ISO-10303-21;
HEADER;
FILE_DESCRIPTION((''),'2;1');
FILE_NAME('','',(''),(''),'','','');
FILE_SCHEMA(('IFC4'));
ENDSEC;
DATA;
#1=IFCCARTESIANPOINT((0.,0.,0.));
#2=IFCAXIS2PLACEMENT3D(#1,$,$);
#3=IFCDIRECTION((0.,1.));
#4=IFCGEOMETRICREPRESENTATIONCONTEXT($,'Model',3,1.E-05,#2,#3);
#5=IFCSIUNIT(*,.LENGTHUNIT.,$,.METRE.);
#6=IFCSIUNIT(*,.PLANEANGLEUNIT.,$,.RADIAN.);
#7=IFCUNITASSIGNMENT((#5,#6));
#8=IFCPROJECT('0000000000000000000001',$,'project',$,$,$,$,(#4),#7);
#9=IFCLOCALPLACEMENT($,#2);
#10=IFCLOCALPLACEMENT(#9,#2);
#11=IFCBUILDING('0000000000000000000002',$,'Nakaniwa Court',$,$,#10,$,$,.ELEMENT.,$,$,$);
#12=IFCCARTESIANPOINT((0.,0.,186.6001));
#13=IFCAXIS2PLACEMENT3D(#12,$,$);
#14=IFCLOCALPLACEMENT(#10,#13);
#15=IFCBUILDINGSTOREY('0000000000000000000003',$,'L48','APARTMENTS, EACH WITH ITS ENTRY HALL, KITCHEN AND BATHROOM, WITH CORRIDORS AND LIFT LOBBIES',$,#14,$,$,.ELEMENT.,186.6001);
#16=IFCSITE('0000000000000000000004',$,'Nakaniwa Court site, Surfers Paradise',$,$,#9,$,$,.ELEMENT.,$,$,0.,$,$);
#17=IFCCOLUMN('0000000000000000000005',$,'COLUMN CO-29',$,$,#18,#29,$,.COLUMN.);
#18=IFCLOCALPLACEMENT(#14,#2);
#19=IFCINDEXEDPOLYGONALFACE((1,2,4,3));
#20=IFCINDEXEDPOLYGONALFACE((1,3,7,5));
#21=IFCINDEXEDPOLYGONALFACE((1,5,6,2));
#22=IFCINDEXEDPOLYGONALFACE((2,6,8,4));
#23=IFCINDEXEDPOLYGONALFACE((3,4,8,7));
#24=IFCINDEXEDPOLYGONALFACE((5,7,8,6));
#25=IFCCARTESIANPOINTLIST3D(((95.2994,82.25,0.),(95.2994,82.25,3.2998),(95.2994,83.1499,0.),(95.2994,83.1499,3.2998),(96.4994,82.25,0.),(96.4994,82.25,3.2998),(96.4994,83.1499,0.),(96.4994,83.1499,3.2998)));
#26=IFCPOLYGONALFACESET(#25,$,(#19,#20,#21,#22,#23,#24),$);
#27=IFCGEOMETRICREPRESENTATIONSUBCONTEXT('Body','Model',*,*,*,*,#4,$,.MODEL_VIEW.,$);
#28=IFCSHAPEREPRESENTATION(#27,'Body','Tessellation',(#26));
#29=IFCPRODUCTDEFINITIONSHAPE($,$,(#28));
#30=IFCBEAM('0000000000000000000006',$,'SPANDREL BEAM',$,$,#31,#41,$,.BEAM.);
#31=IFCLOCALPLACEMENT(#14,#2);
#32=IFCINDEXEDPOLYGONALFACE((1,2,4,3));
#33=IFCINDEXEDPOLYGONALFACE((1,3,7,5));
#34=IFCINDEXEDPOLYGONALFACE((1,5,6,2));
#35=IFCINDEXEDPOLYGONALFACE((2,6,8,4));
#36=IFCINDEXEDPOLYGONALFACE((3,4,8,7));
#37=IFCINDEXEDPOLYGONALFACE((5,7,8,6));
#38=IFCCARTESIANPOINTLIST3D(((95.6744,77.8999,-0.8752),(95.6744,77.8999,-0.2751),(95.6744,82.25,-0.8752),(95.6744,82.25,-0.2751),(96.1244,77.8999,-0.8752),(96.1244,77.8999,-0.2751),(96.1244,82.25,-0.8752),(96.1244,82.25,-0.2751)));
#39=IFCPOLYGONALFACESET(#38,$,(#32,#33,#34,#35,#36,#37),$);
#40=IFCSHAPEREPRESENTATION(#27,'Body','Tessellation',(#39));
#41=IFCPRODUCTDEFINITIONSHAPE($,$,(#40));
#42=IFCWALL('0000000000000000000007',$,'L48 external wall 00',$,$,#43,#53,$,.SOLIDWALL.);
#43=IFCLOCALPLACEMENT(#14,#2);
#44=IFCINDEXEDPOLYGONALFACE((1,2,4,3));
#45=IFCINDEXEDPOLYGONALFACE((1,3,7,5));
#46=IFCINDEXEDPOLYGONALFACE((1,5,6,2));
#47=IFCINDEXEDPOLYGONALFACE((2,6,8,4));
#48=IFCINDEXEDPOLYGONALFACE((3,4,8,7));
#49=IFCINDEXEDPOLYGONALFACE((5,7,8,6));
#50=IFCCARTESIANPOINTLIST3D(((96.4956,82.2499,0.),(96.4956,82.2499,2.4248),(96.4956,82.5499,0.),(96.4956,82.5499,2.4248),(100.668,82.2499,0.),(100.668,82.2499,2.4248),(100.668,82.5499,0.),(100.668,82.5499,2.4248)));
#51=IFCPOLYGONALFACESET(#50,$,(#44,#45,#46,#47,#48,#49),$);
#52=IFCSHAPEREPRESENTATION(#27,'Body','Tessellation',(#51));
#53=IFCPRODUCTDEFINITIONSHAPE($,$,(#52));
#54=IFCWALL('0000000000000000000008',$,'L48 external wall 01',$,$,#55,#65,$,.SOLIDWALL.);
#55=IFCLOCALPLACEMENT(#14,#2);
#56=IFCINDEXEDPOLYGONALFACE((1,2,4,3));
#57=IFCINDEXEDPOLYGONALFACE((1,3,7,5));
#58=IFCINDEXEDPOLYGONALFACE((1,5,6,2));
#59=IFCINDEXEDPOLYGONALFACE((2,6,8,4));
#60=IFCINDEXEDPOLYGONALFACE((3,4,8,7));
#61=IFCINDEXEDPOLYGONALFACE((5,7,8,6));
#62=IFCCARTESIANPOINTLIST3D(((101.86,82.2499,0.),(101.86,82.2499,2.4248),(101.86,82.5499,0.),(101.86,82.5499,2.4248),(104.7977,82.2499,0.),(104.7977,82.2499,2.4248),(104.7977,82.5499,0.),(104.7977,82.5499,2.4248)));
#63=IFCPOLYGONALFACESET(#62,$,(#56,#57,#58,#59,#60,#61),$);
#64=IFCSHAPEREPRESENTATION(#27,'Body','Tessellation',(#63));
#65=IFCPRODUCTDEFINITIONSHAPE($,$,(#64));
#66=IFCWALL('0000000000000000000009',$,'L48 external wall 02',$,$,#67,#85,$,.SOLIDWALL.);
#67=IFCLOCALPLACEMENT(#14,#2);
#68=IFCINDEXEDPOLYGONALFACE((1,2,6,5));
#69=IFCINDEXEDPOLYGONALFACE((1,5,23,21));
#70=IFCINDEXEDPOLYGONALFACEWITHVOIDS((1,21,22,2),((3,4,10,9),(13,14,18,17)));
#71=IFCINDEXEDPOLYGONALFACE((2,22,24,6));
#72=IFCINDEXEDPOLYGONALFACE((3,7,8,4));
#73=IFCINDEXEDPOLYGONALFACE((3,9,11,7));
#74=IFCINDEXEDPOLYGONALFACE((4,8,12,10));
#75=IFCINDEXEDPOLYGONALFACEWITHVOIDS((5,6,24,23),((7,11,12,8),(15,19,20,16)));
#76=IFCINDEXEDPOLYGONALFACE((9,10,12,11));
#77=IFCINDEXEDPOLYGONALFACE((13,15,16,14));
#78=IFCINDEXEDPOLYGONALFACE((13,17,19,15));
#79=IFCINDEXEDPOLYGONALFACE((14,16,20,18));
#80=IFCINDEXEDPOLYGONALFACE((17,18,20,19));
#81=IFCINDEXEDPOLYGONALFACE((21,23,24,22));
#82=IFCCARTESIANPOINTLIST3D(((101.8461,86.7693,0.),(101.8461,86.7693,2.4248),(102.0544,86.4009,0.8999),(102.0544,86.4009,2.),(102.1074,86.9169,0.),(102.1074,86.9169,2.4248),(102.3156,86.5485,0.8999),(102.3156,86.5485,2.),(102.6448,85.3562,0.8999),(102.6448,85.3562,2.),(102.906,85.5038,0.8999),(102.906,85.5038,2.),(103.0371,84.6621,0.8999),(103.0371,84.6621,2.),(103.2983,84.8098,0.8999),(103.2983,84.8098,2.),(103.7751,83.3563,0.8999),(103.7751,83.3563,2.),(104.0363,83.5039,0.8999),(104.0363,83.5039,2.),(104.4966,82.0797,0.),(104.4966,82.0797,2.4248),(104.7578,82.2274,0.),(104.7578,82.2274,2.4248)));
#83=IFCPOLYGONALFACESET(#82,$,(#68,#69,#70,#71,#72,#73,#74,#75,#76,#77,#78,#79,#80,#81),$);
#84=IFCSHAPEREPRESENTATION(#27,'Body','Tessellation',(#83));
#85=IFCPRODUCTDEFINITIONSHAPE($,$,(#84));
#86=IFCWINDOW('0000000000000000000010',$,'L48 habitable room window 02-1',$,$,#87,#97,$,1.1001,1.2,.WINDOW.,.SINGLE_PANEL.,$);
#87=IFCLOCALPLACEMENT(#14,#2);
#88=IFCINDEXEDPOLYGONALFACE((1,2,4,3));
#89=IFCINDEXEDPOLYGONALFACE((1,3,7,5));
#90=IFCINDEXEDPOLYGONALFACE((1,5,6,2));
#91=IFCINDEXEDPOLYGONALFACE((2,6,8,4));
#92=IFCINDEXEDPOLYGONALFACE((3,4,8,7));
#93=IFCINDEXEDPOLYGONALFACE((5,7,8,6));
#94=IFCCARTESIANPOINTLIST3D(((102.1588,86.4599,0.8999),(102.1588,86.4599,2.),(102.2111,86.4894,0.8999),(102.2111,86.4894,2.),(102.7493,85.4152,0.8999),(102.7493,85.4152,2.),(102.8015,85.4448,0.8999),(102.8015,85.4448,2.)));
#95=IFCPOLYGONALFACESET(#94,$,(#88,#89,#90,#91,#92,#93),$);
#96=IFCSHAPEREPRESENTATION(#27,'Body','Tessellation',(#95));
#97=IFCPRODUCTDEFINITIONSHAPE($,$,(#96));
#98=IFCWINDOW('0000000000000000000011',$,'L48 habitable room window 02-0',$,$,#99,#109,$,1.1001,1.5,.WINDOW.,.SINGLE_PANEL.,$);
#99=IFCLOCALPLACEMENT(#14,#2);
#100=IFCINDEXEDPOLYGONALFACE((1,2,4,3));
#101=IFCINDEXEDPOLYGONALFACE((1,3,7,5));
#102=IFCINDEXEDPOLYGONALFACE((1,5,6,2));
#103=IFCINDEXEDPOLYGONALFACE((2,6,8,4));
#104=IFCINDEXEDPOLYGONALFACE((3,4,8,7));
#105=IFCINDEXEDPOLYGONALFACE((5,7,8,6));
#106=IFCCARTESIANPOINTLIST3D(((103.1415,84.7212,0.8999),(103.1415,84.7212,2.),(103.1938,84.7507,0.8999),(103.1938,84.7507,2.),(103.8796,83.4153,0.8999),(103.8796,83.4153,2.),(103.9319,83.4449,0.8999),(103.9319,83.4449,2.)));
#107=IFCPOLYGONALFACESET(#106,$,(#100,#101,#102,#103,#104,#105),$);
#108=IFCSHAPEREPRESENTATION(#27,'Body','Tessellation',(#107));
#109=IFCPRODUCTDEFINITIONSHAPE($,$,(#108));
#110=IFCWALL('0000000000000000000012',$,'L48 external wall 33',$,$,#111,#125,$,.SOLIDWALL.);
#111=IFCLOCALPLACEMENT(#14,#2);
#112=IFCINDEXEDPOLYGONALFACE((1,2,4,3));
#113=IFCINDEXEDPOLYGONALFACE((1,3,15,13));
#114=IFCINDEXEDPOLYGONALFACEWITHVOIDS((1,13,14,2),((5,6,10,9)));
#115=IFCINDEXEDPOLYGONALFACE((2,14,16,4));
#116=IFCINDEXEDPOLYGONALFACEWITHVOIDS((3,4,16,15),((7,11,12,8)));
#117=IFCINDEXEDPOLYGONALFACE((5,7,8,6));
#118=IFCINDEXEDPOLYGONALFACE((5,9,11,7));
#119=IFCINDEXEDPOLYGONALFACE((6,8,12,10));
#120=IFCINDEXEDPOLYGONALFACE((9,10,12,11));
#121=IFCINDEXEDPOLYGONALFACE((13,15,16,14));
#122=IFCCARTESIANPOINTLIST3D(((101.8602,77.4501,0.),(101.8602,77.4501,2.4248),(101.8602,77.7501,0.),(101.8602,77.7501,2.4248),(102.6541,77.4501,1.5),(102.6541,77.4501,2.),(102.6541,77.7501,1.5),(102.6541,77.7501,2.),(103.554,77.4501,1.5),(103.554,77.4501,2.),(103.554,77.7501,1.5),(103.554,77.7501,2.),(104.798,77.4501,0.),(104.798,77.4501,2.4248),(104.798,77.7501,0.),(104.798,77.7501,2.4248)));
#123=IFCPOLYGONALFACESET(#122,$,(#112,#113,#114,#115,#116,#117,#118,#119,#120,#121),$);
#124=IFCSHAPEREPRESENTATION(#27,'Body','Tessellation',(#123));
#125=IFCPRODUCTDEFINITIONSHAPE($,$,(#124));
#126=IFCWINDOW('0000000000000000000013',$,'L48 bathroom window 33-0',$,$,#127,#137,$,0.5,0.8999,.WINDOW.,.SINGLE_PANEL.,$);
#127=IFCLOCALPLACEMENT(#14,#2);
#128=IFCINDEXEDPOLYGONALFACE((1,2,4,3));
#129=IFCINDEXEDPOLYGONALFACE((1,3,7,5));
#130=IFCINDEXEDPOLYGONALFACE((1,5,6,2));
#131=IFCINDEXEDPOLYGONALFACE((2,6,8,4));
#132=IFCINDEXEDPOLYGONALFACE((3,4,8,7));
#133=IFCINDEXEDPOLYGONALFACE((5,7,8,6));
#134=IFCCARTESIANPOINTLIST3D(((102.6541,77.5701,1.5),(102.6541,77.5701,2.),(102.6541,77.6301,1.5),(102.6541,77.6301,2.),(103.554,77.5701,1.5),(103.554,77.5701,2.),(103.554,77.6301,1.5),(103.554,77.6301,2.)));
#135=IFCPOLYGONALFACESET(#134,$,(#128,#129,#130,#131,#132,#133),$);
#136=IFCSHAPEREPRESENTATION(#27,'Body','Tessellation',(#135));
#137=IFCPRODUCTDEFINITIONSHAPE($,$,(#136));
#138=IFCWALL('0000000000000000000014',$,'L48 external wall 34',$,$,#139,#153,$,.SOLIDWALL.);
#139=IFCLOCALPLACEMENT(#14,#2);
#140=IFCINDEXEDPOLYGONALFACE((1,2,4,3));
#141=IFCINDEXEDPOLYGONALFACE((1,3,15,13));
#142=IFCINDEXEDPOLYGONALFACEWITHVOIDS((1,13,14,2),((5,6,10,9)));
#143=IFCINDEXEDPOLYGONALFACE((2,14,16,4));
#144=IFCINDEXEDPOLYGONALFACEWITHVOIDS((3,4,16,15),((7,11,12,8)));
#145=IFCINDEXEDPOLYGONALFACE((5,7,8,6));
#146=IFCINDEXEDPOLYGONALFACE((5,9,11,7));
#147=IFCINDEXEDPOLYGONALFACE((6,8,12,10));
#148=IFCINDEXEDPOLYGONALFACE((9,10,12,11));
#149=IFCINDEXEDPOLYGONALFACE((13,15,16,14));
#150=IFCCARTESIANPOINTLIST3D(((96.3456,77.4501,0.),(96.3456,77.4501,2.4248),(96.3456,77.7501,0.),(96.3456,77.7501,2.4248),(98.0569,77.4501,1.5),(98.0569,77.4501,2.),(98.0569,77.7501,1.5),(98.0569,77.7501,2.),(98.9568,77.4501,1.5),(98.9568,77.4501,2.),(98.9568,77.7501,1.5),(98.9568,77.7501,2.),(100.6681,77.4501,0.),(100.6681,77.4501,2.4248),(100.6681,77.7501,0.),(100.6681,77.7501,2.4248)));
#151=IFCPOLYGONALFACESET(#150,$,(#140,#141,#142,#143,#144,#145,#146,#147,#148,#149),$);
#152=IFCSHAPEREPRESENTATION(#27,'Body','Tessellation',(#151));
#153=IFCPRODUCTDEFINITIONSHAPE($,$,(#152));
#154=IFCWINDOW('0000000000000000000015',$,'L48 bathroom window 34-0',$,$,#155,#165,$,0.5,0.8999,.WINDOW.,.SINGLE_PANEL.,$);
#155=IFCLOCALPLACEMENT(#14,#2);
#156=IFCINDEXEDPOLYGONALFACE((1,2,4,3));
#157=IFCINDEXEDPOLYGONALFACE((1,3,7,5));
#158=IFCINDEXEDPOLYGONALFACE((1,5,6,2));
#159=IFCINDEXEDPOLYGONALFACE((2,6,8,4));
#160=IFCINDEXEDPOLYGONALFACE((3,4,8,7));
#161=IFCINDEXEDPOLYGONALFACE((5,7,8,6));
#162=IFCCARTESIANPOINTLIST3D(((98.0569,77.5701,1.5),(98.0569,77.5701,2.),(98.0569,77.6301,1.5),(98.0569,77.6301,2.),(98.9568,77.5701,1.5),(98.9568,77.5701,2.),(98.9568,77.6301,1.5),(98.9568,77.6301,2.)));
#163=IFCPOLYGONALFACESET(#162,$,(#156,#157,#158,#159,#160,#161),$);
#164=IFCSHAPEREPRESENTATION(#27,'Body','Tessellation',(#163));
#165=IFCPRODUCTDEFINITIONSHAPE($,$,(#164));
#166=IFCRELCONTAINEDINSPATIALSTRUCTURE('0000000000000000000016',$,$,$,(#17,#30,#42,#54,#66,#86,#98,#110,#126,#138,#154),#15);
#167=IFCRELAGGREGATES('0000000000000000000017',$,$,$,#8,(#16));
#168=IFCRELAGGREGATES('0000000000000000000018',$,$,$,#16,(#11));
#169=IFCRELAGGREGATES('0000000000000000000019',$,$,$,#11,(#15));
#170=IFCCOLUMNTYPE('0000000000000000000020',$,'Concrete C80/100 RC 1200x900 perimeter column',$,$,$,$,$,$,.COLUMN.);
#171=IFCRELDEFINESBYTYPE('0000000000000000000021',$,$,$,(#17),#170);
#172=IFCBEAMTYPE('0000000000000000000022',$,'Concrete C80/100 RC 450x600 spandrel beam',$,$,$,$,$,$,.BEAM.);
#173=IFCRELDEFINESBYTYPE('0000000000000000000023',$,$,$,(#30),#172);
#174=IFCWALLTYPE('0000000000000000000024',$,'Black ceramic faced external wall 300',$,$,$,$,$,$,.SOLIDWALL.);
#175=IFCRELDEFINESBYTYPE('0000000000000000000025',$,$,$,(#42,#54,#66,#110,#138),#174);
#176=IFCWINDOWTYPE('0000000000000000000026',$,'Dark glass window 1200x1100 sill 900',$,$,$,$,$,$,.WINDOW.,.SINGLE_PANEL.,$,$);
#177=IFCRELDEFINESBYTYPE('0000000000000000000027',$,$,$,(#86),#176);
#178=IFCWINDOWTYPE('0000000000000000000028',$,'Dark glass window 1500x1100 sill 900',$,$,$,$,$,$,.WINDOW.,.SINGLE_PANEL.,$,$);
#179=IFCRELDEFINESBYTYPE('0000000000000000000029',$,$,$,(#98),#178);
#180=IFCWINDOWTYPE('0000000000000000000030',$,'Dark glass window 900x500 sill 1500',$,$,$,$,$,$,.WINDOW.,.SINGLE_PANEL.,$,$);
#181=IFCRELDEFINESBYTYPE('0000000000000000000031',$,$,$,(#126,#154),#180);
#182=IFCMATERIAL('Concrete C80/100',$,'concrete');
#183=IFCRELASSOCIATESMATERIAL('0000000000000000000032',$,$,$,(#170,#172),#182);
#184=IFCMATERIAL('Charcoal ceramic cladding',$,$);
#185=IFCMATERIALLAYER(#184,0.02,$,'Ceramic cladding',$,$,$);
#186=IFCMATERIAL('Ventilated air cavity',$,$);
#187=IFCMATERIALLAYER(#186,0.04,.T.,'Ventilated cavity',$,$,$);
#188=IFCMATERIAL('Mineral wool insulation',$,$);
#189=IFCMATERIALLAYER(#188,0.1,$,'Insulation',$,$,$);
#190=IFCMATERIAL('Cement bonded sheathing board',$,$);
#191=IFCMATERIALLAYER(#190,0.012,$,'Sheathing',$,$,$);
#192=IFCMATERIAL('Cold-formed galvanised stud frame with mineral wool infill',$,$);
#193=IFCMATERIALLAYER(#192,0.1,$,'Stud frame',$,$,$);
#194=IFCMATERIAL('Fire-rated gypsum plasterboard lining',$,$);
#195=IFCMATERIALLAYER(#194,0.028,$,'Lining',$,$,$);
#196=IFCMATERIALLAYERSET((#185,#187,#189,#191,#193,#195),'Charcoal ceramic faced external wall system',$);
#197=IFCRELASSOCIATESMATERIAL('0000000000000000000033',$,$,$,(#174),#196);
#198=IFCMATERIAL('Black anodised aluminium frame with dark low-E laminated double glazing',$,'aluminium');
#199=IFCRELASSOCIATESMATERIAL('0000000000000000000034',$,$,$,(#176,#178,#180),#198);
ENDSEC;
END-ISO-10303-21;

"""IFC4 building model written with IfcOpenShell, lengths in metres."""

from ifc_helpers import new_model, si_unit, direction, frame, frame_2d, origin, origin_2d, place, context, subcontext, project, spatial, rectangle, extrude, material, layer, layer_set, material_profile, profile_set, type_object, element, fill, save


model = new_model("IFC4")

# Units and contexts
model_context = context("Model", 3, precision=1e-05, world=origin(), true_north=direction((0.0, 1.0)))
body_context = subcontext(model_context, "Body", "Model", "MODEL_VIEW")
ifc_project = project(units=[si_unit("LENGTHUNIT", "METRE"), si_unit("PLANEANGLEUNIT", "RADIAN")], contexts=[model_context])

# Site, building, storey
site_placement = place(None, origin())
site = spatial("IfcSite", under=ifc_project, at=site_placement, Name="Nakaniwa Court site, Surfers Paradise", CompositionType="ELEMENT", RefElevation=0.0)
building_placement = place(site_placement, origin())
building = spatial("IfcBuilding", under=site, at=building_placement, Name="Nakaniwa Court", CompositionType="ELEMENT")
storey_placement = place(building_placement, frame((0.0, 0.0, 186.6001)))
storey = spatial("IfcBuildingStorey", under=building, at=storey_placement, Name="L48", Description="APARTMENTS, EACH WITH ITS ENTRY HALL, KITCHEN AND BATHROOM, WITH CORRIDORS AND LIFT LOBBIES", CompositionType="ELEMENT", Elevation=186.6001)

# Column
ifc_material_1 = material(Name="Concrete C80/100", Category="concrete")
ifc_material_profile_1 = material_profile(ifc_material_1, rectangle(XDim=1.2, YDim=0.8999, at=origin_2d()), Name="Concrete C80/100 RC 1200x900 perimeter column")
ifc_profile_set_1 = profile_set([ifc_material_profile_1], Name="Concrete C80/100")
column_type = type_object("IfcColumnType", Name="Concrete C80/100 RC 1200x900 perimeter column", PredefinedType="COLUMN", material=ifc_profile_set_1)
column_placement = place(storey_placement, frame((95.8994, 82.7, 0.0), z_axis=(0.0, 0.0, 1.0), x_axis=(1.0, 0.0, 0.0)))
element("IfcColumn", 1, at=column_placement, inside=storey, type_object=column_type, Name="COLUMN CO-29", PredefinedType="COLUMN", context=body_context, shape_type="SweptSolid", body=[
    extrude(rectangle(XDim=1.2, YDim=0.8999, at=origin_2d()), origin(), (0.0, 0.0, 1.0), 3.2998),
])

# Beam
ifc_material_profile_2 = material_profile(ifc_material_1, rectangle(XDim=0.45, YDim=0.6001, at=origin_2d()), Name="Concrete C80/100 RC 450x600 spandrel beam")
ifc_profile_set_2 = profile_set([ifc_material_profile_2], Name="Concrete C80/100")
beam_type = type_object("IfcBeamType", Name="Concrete C80/100 RC 450x600 spandrel beam", PredefinedType="BEAM", material=ifc_profile_set_2)
beam_placement = place(storey_placement, frame((95.8994, 77.8999, -0.5752), z_axis=(0.0, 1.0, 0.0), x_axis=(-1.0, 0.0, 0.0)))
element("IfcBeam", 2, at=beam_placement, inside=storey, type_object=beam_type, Name="SPANDREL BEAM", PredefinedType="BEAM", context=body_context, shape_type="SweptSolid", body=[
    extrude(rectangle(XDim=0.45, YDim=0.6001, at=origin_2d()), origin(), (0.0, 0.0, 1.0), 4.3501),
])

# Walls
ifc_material_2 = material(Name="Charcoal ceramic cladding")
ifc_layer_1 = layer(ifc_material_2, 0.02, Name="Ceramic cladding")
ifc_material_3 = material(Name="Ventilated air cavity")
ifc_layer_2 = layer(ifc_material_3, 0.04, ventilated=True, Name="Ventilated cavity")
ifc_material_4 = material(Name="Mineral wool insulation")
ifc_layer_3 = layer(ifc_material_4, 0.1, Name="Insulation")
ifc_material_5 = material(Name="Cement bonded sheathing board")
ifc_layer_4 = layer(ifc_material_5, 0.012, Name="Sheathing")
ifc_material_6 = material(Name="Cold-formed galvanised stud frame with mineral wool infill")
ifc_layer_5 = layer(ifc_material_6, 0.1, Name="Stud frame")
ifc_material_7 = material(Name="Fire-rated gypsum plasterboard lining")
ifc_layer_6 = layer(ifc_material_7, 0.028, Name="Lining")
ifc_layer_set_1 = layer_set([ifc_layer_1, ifc_layer_2, ifc_layer_3, ifc_layer_4, ifc_layer_5, ifc_layer_6], Name="Charcoal ceramic faced external wall system")
wall_type_1 = type_object("IfcWallType", Name="Black ceramic faced external wall 300", PredefinedType="SOLIDWALL", material=ifc_layer_set_1)
wall_1_placement = place(storey_placement, frame((96.4956, 82.3999, 0.0), z_axis=(0.0, 0.0, 1.0), x_axis=(1.0, 0.0, 0.0)))
element("IfcWall", 3, at=wall_1_placement, inside=storey, type_object=wall_type_1, Name="L48 external wall 00", PredefinedType="SOLIDWALL", context=body_context, shape_type="SweptSolid", body=[
    extrude(rectangle(XDim=4.1724, YDim=0.3, at=frame_2d((2.0862, 0.0))), origin(), (0.0, 0.0, 1.0), 2.4248),
])
wall_2_placement = place(storey_placement, frame((101.8601, 82.3999, 0.0), z_axis=(0.0, 0.0, 1.0), x_axis=(1.0, 0.0, 0.0)))
element("IfcWall", 4, at=wall_2_placement, inside=storey, type_object=wall_type_1, Name="L48 external wall 01", PredefinedType="SOLIDWALL", context=body_context, shape_type="SweptSolid", body=[
    extrude(rectangle(XDim=2.9377, YDim=0.3, at=frame_2d((1.4688, 0.0))), origin(), (0.0, 0.0, 1.0), 2.4248),
])

# Wall, openings, windows
wall_3_placement = place(storey_placement, frame((104.6272, 82.1536, 0.0), z_axis=(0.0, 0.0, 1.0), x_axis=(-0.492033, 0.870576, 0.0)))
wall_3 = element("IfcWall", 5, at=wall_3_placement, inside=storey, type_object=wall_type_1, Name="L48 external wall 02", PredefinedType="SOLIDWALL", context=body_context, shape_type="SweptSolid", body=[
    extrude(rectangle(XDim=5.3867, YDim=0.3, at=frame_2d((2.6934, 0.0))), origin(), (0.0, 0.0, 1.0), 2.4248),
])
opening_1_placement = place(wall_3_placement, frame((1.4663, 0.0, 0.8999)))
opening_1 = element("IfcOpeningElement", 6, at=opening_1_placement, cuts=wall_3, PredefinedType="OPENING", context=body_context, shape_type="SweptSolid", body=[
    extrude(rectangle(XDim=1.5, YDim=1.1001, at=frame_2d((0.75, 0.55))), frame((0.0, 0.1599, 0.0), z_axis=(0.0, -1.0, 0.0), x_axis=(1.0, 0.0, 0.0)), (0.0, 0.0, 1.0), 0.3201),
])
opening_2_placement = place(wall_3_placement, frame((3.7634, 0.0, 0.8999)))
opening_2 = element("IfcOpeningElement", 7, at=opening_2_placement, cuts=wall_3, PredefinedType="OPENING", context=body_context, shape_type="SweptSolid", body=[
    extrude(rectangle(XDim=1.2, YDim=1.1001, at=frame_2d((0.6001, 0.55))), frame((0.0, 0.1599, 0.0), z_axis=(0.0, -1.0, 0.0), x_axis=(1.0, 0.0, 0.0)), (0.0, 0.0, 1.0), 0.3201),
])
ifc_material_8 = material(Name="Black anodised aluminium frame with dark low-E laminated double glazing", Category="aluminium")
window_type_1 = type_object("IfcWindowType", Name="Dark glass window 1200x1100 sill 900", PartitioningType="SINGLE_PANEL", PredefinedType="WINDOW", material=ifc_material_8)
window_1_placement = place(opening_2_placement, origin())
window_1 = element("IfcWindow", 8, at=window_1_placement, inside=storey, type_object=window_type_1, Name="L48 habitable room window 02-1", OverallHeight=1.1001, OverallWidth=1.2, PartitioningType="SINGLE_PANEL", PredefinedType="WINDOW", context=body_context, shape_type="SweptSolid", body=[
    extrude(rectangle(XDim=1.2, YDim=1.1001, at=frame_2d((0.6001, 0.55))), frame((0.0, 0.03, 0.0), z_axis=(0.0, -1.0, 0.0), x_axis=(1.0, 0.0, 0.0)), (0.0, 0.0, 1.0), 0.0601),
])
fill(opening_2, window_1)
window_type_2 = type_object("IfcWindowType", Name="Dark glass window 1500x1100 sill 900", PartitioningType="SINGLE_PANEL", PredefinedType="WINDOW", material=ifc_material_8)
window_2_placement = place(opening_1_placement, origin())
window_2 = element("IfcWindow", 9, at=window_2_placement, inside=storey, type_object=window_type_2, Name="L48 habitable room window 02-0", OverallHeight=1.1001, OverallWidth=1.5, PartitioningType="SINGLE_PANEL", PredefinedType="WINDOW", context=body_context, shape_type="SweptSolid", body=[
    extrude(rectangle(XDim=1.5, YDim=1.1001, at=frame_2d((0.75, 0.55))), frame((0.0, 0.03, 0.0), z_axis=(0.0, -1.0, 0.0), x_axis=(1.0, 0.0, 0.0)), (0.0, 0.0, 1.0), 0.0601),
])
fill(opening_1, window_2)

# Walls, openings, windows
wall_4_placement = place(storey_placement, frame((104.7979, 77.6001, 0.0), z_axis=(0.0, 0.0, 1.0), x_axis=(-1.0, 0.0, 0.0)))
wall_4 = element("IfcWall", 10, at=wall_4_placement, inside=storey, type_object=wall_type_1, Name="L48 external wall 33", PredefinedType="SOLIDWALL", context=body_context, shape_type="SweptSolid", body=[
    extrude(rectangle(XDim=2.9377, YDim=0.3, at=frame_2d((1.4688, 0.0))), origin(), (0.0, 0.0, 1.0), 2.4248),
])
opening_3_placement = place(wall_4_placement, frame((1.2439, 0.0, 1.5)))
opening_3 = element("IfcOpeningElement", 11, at=opening_3_placement, cuts=wall_4, PredefinedType="OPENING", context=body_context, shape_type="SweptSolid", body=[
    extrude(rectangle(XDim=0.8999, YDim=0.5, at=frame_2d((0.45, 0.25))), frame((0.0, 0.1599, 0.0), z_axis=(0.0, -1.0, 0.0), x_axis=(1.0, 0.0, 0.0)), (0.0, 0.0, 1.0), 0.3201),
])
window_type_3 = type_object("IfcWindowType", Name="Dark glass window 900x500 sill 1500", PartitioningType="SINGLE_PANEL", PredefinedType="WINDOW", material=ifc_material_8)
window_3_placement = place(opening_3_placement, origin())
window_3 = element("IfcWindow", 12, at=window_3_placement, inside=storey, type_object=window_type_3, Name="L48 bathroom window 33-0", OverallHeight=0.5, OverallWidth=0.8999, PartitioningType="SINGLE_PANEL", PredefinedType="WINDOW", context=body_context, shape_type="SweptSolid", body=[
    extrude(rectangle(XDim=0.8999, YDim=0.5, at=frame_2d((0.45, 0.25))), frame((0.0, 0.03, 0.0), z_axis=(0.0, -1.0, 0.0), x_axis=(1.0, 0.0, 0.0)), (0.0, 0.0, 1.0), 0.0601),
])
fill(opening_3, window_3)
wall_5_placement = place(storey_placement, frame((100.668, 77.6001, 0.0), z_axis=(0.0, 0.0, 1.0), x_axis=(-1.0, 0.0, 0.0)))
wall_5 = element("IfcWall", 13, at=wall_5_placement, inside=storey, type_object=wall_type_1, Name="L48 external wall 34", PredefinedType="SOLIDWALL", context=body_context, shape_type="SweptSolid", body=[
    extrude(rectangle(XDim=4.3225, YDim=0.3, at=frame_2d((2.1611, 0.0))), origin(), (0.0, 0.0, 1.0), 2.4248),
])
opening_4_placement = place(wall_5_placement, frame((1.7112, 0.0, 1.5)))
opening_4 = element("IfcOpeningElement", 14, at=opening_4_placement, cuts=wall_5, PredefinedType="OPENING", context=body_context, shape_type="SweptSolid", body=[
    extrude(rectangle(XDim=0.8999, YDim=0.5, at=frame_2d((0.45, 0.25))), frame((0.0, 0.1599, 0.0), z_axis=(0.0, -1.0, 0.0), x_axis=(1.0, 0.0, 0.0)), (0.0, 0.0, 1.0), 0.3201),
])
window_4_placement = place(opening_4_placement, origin())
window_4 = element("IfcWindow", 15, at=window_4_placement, inside=storey, type_object=window_type_3, Name="L48 bathroom window 34-0", OverallHeight=0.5, OverallWidth=0.8999, PartitioningType="SINGLE_PANEL", PredefinedType="WINDOW", context=body_context, shape_type="SweptSolid", body=[
    extrude(rectangle(XDim=0.8999, YDim=0.5, at=frame_2d((0.45, 0.25))), frame((0.0, 0.03, 0.0), z_axis=(0.0, -1.0, 0.0), x_axis=(1.0, 0.0, 0.0)), (0.0, 0.0, 1.0), 0.0601),
])
fill(opening_4, window_4)

save(model, "model.ifc")
